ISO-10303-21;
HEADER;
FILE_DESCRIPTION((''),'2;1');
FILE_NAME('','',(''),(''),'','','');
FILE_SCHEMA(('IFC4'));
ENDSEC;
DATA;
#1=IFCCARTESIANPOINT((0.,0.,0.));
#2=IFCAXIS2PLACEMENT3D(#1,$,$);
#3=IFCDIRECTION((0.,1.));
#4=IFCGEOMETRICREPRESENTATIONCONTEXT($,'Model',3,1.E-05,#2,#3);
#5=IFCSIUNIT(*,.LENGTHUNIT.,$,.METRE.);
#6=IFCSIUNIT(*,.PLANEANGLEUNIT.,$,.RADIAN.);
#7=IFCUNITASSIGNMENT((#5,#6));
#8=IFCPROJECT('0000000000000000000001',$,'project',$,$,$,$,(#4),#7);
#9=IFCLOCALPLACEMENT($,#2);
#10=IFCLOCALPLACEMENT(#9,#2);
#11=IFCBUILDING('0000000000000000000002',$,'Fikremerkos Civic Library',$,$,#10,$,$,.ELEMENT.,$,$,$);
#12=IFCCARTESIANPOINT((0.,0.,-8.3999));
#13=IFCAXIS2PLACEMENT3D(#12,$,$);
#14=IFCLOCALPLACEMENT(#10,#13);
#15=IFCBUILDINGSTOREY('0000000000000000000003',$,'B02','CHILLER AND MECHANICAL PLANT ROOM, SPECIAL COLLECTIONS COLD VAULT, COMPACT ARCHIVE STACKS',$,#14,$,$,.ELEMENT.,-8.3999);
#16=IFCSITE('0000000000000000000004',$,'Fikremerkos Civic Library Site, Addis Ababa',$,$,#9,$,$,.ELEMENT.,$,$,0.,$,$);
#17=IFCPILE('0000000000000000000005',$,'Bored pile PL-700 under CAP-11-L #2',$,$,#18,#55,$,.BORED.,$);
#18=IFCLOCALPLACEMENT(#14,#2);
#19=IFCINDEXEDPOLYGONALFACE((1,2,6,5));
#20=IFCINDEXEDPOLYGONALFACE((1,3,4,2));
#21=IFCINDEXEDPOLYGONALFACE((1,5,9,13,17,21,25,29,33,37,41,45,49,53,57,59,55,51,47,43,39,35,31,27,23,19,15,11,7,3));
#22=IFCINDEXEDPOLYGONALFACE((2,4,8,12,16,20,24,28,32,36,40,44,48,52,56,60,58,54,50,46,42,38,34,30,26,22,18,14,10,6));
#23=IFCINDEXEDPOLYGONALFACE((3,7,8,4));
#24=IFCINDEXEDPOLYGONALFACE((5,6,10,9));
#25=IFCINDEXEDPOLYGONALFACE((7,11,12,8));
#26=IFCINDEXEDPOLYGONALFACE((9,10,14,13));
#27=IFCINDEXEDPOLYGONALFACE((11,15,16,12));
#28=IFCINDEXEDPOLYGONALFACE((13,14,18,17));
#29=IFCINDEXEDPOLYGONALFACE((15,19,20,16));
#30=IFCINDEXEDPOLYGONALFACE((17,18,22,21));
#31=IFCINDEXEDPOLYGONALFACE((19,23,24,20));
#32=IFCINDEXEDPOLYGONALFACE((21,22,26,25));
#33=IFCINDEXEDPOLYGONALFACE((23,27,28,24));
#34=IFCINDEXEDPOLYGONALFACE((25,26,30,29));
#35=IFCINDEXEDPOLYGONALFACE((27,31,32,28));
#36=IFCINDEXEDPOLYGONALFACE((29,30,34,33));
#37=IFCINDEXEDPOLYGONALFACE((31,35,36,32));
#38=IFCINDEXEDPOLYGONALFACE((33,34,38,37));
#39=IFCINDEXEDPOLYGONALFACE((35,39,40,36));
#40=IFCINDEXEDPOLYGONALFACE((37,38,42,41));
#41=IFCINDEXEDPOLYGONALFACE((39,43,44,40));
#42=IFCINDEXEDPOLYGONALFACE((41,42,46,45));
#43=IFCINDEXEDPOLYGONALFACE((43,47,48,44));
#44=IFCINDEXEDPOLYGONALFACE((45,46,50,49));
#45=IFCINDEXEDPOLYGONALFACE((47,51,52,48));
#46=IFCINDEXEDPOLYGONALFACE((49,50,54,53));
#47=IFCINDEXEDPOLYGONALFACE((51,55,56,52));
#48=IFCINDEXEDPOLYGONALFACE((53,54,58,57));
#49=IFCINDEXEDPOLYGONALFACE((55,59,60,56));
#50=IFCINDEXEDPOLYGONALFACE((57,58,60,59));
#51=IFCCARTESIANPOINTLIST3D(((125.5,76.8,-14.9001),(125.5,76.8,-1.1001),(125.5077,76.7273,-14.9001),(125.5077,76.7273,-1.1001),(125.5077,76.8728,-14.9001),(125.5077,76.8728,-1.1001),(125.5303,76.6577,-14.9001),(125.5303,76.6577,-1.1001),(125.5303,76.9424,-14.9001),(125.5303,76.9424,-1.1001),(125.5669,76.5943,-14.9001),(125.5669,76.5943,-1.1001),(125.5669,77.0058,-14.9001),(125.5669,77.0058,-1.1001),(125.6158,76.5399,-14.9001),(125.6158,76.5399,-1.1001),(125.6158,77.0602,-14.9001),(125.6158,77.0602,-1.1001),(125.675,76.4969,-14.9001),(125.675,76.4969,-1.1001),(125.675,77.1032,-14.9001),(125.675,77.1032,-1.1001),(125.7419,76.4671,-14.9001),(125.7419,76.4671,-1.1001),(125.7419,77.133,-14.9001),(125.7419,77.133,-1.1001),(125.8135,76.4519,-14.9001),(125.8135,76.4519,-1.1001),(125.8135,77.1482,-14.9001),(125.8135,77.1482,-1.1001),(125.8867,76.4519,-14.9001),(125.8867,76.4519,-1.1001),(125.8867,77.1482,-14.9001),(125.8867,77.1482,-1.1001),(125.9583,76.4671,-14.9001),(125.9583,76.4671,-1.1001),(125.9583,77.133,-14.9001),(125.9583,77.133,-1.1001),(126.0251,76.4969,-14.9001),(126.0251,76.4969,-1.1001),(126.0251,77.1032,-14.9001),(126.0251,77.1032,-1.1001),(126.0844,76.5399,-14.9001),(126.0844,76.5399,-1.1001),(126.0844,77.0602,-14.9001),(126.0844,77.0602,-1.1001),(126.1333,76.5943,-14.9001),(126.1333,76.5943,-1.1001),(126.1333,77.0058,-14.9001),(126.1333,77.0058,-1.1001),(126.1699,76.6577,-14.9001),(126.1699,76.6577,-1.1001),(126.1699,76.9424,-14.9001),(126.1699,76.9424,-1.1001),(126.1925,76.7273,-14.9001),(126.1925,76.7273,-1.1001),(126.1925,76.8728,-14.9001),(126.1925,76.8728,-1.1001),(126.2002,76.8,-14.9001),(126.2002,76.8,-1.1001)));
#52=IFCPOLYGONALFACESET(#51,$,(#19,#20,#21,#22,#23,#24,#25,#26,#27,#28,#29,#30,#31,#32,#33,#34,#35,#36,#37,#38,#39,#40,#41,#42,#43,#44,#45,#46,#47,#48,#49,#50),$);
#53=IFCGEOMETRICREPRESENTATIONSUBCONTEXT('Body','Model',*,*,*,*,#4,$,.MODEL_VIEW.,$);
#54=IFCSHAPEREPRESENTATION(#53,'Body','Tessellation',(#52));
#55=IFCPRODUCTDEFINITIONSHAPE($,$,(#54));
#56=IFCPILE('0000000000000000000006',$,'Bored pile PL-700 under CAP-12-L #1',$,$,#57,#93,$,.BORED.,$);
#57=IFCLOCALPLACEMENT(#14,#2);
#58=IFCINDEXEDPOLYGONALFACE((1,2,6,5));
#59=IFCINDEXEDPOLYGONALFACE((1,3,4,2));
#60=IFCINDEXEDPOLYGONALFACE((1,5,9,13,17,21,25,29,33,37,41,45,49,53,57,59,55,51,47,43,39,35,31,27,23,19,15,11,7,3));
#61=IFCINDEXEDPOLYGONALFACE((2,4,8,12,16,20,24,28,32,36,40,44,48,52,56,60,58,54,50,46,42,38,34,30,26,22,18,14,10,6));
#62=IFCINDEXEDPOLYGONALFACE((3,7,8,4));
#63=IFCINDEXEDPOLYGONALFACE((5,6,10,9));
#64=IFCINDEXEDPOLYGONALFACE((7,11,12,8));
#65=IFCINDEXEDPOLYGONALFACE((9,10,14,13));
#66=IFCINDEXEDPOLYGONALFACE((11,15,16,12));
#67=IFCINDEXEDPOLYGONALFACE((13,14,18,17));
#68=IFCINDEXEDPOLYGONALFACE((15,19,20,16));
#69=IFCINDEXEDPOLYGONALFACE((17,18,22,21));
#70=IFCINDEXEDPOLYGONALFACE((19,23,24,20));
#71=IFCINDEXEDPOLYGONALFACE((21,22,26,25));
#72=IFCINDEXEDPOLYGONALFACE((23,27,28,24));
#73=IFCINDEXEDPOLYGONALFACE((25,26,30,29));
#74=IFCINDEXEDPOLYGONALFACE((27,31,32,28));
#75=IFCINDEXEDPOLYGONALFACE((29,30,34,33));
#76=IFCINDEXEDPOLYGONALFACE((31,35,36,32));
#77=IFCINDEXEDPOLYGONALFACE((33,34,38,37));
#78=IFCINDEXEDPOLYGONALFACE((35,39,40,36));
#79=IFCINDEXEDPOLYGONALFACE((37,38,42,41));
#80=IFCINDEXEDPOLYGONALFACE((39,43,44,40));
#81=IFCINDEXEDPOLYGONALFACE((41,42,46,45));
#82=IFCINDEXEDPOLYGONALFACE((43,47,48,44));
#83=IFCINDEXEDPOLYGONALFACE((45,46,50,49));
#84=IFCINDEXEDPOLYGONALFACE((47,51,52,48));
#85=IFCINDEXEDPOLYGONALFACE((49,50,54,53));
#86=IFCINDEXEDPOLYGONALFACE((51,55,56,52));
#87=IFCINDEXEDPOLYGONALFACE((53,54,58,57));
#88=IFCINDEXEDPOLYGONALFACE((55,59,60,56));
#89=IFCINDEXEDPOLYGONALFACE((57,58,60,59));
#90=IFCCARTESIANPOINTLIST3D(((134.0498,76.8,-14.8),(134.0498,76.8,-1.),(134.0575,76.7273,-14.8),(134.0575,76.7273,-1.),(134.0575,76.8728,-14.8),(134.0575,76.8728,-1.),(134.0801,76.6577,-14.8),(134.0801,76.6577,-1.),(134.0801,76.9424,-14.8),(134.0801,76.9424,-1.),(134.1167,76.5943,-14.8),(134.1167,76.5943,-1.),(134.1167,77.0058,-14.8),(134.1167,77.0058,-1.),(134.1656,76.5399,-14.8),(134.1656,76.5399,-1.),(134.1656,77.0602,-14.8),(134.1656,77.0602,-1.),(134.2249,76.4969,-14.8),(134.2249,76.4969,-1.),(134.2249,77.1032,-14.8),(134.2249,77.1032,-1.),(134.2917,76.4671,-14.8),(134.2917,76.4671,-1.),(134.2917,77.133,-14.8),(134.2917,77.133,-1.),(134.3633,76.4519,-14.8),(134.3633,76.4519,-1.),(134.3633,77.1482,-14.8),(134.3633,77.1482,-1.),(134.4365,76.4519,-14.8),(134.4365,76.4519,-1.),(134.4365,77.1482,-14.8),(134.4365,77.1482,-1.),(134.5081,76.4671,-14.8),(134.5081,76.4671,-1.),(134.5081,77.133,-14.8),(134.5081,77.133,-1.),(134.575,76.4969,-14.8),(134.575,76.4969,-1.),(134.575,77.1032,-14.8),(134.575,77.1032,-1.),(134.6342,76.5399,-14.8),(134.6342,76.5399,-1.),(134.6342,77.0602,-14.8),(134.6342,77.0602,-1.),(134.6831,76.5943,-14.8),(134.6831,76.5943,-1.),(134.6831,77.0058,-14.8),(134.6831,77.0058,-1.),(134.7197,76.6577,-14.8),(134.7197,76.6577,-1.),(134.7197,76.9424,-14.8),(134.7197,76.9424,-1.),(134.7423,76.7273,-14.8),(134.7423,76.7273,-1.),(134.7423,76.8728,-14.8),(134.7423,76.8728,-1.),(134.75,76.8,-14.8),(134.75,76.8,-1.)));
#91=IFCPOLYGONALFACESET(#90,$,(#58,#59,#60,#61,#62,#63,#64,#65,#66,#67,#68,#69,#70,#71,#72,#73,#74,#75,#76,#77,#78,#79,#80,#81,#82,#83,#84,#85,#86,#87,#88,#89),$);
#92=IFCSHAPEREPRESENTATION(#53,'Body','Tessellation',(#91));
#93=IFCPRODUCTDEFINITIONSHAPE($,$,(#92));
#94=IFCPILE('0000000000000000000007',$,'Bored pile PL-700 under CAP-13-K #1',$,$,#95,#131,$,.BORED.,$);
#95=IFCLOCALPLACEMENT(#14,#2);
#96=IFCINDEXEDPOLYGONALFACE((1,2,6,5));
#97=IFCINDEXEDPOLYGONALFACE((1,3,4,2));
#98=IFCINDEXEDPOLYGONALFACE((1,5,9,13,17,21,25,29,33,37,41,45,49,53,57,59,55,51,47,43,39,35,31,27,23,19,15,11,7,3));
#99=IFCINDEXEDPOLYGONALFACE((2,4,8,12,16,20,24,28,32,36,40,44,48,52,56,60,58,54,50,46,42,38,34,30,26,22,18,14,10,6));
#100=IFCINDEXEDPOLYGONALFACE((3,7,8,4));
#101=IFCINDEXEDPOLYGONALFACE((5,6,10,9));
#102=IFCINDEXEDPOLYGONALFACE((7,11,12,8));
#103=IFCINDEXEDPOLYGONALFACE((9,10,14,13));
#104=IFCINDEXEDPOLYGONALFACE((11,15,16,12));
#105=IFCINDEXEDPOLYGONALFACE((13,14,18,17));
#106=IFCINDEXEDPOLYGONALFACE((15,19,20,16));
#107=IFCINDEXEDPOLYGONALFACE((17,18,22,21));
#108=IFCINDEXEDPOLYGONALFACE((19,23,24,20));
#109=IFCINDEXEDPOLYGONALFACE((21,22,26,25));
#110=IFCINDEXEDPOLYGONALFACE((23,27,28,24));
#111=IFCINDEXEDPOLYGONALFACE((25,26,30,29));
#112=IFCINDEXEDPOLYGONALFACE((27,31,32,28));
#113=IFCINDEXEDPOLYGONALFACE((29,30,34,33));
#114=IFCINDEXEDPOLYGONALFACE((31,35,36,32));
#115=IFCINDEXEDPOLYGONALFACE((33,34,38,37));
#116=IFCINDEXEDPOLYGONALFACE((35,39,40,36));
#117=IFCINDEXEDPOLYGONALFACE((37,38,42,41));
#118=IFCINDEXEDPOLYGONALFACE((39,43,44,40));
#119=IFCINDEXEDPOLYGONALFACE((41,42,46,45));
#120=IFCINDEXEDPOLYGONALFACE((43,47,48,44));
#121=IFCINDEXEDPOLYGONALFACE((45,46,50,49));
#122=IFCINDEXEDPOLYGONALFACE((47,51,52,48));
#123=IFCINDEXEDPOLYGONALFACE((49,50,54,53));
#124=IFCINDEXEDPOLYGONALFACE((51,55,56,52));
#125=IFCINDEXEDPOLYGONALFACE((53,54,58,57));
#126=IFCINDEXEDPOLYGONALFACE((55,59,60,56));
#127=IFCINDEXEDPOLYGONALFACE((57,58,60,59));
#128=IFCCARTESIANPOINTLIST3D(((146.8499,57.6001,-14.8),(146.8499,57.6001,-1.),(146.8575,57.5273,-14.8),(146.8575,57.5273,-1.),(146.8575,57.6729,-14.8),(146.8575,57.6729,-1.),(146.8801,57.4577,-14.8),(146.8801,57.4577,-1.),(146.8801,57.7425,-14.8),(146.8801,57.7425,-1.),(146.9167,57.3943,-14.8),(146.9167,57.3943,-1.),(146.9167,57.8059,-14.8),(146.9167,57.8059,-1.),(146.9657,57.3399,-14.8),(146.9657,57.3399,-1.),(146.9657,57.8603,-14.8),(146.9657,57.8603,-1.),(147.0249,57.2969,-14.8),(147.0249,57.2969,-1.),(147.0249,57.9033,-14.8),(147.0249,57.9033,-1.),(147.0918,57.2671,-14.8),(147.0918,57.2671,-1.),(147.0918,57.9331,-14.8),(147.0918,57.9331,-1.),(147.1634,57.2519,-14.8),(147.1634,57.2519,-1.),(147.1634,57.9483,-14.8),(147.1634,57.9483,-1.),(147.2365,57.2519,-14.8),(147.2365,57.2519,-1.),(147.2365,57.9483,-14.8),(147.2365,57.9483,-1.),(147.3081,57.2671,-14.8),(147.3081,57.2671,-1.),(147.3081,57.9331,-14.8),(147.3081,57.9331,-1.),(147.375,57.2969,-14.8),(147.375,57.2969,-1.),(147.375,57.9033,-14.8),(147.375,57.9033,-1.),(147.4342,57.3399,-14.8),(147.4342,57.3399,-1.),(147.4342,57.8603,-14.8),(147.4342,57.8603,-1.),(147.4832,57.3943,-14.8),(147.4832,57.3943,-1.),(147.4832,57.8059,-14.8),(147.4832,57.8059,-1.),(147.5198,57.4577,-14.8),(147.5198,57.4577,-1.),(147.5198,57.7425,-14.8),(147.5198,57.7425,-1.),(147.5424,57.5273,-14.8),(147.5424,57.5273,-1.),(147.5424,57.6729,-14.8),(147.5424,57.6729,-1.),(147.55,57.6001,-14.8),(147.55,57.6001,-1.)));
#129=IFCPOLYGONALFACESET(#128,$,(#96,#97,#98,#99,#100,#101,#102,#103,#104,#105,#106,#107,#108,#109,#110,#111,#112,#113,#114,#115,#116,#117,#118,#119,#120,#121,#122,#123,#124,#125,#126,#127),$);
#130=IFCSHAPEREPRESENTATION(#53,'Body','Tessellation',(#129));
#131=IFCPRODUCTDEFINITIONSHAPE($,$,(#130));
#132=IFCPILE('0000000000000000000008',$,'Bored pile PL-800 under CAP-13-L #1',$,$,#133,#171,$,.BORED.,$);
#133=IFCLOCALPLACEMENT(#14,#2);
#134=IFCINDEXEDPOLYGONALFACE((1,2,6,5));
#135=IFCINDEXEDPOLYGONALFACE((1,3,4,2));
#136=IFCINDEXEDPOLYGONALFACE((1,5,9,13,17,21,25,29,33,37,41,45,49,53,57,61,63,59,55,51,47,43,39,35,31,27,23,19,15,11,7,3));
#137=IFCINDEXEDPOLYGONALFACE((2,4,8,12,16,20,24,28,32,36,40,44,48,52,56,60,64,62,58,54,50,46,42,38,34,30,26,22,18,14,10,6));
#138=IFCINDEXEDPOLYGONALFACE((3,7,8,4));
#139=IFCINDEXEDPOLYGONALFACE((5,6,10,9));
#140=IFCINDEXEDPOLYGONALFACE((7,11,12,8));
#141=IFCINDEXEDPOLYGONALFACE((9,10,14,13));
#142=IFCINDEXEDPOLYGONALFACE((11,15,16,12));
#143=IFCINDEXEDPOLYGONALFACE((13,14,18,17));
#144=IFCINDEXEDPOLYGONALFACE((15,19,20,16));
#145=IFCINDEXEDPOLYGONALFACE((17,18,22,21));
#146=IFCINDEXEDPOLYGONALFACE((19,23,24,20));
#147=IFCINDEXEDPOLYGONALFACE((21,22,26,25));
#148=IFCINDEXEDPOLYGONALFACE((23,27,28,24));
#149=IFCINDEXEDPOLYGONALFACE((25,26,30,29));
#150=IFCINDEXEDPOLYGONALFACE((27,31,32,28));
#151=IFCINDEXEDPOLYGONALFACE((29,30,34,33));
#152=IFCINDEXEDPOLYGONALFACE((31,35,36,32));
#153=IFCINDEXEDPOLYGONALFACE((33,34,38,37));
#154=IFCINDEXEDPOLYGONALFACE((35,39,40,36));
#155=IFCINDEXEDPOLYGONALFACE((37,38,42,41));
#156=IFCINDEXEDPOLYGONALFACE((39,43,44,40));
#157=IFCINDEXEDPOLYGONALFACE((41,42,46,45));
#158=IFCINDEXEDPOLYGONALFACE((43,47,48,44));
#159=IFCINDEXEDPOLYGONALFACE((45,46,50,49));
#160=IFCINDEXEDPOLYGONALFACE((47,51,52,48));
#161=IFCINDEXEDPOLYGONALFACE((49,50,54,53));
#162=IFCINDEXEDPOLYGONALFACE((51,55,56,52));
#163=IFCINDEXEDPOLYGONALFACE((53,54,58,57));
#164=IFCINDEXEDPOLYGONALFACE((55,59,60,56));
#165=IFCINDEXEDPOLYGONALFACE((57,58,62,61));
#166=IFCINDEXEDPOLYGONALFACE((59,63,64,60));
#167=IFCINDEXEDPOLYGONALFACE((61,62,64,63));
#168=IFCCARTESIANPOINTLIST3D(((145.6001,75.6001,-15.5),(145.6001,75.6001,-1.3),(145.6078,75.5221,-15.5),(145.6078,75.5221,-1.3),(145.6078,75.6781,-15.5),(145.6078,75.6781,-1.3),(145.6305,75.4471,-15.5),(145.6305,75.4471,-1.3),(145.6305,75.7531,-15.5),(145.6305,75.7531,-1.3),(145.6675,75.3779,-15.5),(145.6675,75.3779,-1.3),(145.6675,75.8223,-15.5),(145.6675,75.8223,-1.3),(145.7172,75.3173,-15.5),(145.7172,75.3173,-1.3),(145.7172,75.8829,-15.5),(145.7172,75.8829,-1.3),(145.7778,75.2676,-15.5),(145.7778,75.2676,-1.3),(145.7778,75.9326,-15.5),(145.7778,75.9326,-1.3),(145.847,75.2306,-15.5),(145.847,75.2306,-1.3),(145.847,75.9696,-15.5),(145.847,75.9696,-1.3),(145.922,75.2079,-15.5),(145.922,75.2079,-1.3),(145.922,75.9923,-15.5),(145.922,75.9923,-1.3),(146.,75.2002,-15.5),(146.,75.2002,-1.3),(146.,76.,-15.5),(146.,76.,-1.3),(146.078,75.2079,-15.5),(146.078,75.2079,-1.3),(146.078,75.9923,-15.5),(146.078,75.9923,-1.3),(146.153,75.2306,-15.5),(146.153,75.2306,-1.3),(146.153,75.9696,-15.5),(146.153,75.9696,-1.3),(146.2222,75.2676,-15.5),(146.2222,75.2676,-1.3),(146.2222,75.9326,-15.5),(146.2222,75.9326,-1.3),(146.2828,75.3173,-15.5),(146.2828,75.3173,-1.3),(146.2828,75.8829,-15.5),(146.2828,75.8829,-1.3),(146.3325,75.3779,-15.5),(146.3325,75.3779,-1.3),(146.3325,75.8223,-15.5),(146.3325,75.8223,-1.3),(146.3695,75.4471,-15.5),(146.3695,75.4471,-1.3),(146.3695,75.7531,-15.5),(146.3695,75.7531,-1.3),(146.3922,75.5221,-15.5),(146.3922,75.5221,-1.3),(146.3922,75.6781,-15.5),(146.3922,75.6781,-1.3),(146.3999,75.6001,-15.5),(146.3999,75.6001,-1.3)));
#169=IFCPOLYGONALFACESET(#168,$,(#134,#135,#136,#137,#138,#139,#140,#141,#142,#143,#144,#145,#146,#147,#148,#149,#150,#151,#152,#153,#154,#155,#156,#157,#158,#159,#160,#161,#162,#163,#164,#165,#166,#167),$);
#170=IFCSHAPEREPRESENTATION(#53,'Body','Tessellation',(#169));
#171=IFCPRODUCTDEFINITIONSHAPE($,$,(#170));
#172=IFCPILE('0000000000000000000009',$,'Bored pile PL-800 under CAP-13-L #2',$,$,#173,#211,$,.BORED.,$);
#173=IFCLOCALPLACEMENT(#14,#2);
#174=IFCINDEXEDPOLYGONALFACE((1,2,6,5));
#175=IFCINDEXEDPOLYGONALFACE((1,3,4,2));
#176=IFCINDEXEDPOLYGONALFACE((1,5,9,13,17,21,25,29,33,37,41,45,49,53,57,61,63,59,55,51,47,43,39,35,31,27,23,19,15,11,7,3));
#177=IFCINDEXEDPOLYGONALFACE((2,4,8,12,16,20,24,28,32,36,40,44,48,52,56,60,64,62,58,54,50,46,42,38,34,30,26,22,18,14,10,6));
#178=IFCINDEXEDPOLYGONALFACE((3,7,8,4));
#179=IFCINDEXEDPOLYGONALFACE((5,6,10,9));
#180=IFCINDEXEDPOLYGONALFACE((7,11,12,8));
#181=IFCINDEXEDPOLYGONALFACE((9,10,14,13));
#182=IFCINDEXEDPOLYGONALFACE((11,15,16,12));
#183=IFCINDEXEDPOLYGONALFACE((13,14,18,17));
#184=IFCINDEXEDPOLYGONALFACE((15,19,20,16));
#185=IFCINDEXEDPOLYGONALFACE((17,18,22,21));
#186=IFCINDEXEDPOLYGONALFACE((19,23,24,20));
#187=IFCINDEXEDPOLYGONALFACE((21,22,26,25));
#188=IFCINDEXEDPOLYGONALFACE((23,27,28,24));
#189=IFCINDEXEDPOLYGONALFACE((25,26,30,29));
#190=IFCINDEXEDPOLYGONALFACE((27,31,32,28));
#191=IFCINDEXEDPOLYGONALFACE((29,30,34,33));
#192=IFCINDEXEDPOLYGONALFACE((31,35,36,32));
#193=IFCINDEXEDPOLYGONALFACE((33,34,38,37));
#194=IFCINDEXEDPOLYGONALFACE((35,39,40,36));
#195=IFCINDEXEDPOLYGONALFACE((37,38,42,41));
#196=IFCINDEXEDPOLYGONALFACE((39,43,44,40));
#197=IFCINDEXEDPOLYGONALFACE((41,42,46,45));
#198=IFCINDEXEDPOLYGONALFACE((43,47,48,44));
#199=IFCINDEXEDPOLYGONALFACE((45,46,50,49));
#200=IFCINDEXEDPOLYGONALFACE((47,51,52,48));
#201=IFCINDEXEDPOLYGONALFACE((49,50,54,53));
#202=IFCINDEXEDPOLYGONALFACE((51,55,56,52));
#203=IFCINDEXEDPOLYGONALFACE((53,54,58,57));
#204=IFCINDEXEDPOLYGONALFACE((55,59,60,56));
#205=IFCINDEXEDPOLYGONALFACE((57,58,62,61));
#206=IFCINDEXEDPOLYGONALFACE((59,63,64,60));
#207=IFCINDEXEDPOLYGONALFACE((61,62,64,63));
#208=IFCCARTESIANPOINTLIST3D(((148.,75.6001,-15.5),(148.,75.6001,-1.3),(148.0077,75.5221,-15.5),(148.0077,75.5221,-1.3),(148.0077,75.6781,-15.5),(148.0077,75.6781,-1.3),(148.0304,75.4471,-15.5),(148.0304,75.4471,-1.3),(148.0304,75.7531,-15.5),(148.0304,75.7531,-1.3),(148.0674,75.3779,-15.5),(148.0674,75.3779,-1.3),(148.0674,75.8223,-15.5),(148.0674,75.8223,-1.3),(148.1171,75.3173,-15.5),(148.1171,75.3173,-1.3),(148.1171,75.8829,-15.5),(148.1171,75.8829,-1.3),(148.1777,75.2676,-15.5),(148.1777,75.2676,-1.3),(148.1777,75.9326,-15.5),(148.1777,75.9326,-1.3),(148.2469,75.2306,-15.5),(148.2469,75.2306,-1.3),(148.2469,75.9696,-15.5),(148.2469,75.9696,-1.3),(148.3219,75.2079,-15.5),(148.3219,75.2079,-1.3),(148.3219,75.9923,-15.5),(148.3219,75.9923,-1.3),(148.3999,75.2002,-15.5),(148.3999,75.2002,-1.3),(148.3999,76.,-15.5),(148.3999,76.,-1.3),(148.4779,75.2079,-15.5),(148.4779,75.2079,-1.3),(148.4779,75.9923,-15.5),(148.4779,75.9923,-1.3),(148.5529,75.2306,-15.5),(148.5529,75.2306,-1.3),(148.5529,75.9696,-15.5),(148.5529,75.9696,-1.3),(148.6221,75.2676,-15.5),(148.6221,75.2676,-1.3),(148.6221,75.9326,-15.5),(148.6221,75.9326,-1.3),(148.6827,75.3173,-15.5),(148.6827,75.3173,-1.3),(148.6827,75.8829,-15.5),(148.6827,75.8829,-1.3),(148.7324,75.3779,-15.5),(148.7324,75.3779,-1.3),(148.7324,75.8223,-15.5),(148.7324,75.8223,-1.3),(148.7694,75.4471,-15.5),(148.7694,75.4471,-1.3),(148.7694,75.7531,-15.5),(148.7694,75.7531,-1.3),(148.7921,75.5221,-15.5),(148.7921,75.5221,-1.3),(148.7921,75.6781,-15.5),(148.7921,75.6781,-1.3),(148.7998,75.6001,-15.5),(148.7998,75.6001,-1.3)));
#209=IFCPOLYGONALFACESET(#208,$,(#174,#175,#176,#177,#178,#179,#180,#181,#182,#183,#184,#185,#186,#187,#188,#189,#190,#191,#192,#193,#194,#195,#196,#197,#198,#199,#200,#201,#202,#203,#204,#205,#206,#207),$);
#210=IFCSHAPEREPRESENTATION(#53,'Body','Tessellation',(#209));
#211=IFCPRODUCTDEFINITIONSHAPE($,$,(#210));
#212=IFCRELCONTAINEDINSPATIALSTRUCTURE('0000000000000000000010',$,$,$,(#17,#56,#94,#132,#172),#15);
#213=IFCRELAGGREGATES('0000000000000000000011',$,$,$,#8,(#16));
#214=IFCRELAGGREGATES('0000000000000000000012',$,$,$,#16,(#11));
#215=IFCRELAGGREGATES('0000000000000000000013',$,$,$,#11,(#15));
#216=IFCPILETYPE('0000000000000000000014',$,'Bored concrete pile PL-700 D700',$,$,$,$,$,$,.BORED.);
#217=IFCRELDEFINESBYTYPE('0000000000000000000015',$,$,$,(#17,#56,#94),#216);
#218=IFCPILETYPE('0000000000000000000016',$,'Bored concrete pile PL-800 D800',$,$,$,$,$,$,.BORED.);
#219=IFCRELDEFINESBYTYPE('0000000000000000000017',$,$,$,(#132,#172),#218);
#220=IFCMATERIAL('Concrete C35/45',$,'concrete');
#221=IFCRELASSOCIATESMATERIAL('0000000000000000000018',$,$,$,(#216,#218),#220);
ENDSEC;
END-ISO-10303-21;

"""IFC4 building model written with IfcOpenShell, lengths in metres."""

from ifc_helpers import new_model, si_unit, direction, frame, origin, origin_2d, place, context, subcontext, project, spatial, circle, extrude, material, material_profile, profile_set, type_object, element, save


model = new_model("IFC4")

# Units and contexts
model_context = context("Model", 3, precision=1e-05, world=origin(), true_north=direction((0.0, 1.0)))
body_context = subcontext(model_context, "Body", "Model", "MODEL_VIEW")
ifc_project = project(units=[si_unit("LENGTHUNIT", "METRE"), si_unit("PLANEANGLEUNIT", "RADIAN")], contexts=[model_context])

# Site, building, storey
site_placement = place(None, origin())
site = spatial("IfcSite", under=ifc_project, at=site_placement, Name="Fikremerkos Civic Library Site, Addis Ababa", CompositionType="ELEMENT", RefElevation=0.0)
building_placement = place(site_placement, origin())
building = spatial("IfcBuilding", under=site, at=building_placement, Name="Fikremerkos Civic Library", CompositionType="ELEMENT")
storey_placement = place(building_placement, frame((0.0, 0.0, -8.3999)))
storey = spatial("IfcBuildingStorey", under=building, at=storey_placement, Name="B02", Description="CHILLER AND MECHANICAL PLANT ROOM, SPECIAL COLLECTIONS COLD VAULT, COMPACT ARCHIVE STACKS", CompositionType="ELEMENT", Elevation=-8.3999)

# Piles
ifc_material_1 = material(Name="Concrete C35/45", Category="concrete")
ifc_material_profile_1 = material_profile(ifc_material_1, circle(Radius=0.3501, at=origin_2d()), Name="BORED PILE 700")
ifc_profile_set_1 = profile_set([ifc_material_profile_1], Name="Concrete C35/45")
pile_type_1 = type_object("IfcPileType", Name="Bored concrete pile PL-700 D700", PredefinedType="BORED", material=ifc_profile_set_1)
for number, where, z_axis, x_axis, name in (
    (1, (125.8501, 76.8, -1.1001), (0.0, 0.0, -1.0), (1.0, 0.0, 0.0), "Bored pile PL-700 under CAP-11-L #2"),
    (2, (134.3999, 76.8, -1.0), (0.0, 0.0, -1.0), (1.0, 0.0, 0.0), "Bored pile PL-700 under CAP-12-L #1"),
    (3, (147.2, 57.6001, -1.0), (0.0, 0.0, -1.0), (1.0, 0.0, 0.0), "Bored pile PL-700 under CAP-13-K #1"),
):
    element("IfcPile", number, at=place(storey_placement, frame(where, z_axis=z_axis, x_axis=x_axis)), inside=storey, type_object=pile_type_1, Name=name, PredefinedType="BORED", context=body_context, shape_type="SweptSolid", body=[
        extrude(circle(Radius=0.3501, at=origin_2d()), origin(), (0.0, 0.0, 1.0), 13.8),
    ])
ifc_material_profile_2 = material_profile(ifc_material_1, circle(Radius=0.3999, at=origin_2d()), Name="BORED PILE 800")
ifc_profile_set_2 = profile_set([ifc_material_profile_2], Name="Concrete C35/45")
pile_type_2 = type_object("IfcPileType", Name="Bored concrete pile PL-800 D800", PredefinedType="BORED", material=ifc_profile_set_2)
for number, where, z_axis, x_axis, name in (
    (4, (146.0, 75.6001, -1.3), (0.0, 0.0, -1.0), (1.0, 0.0, 0.0), "Bored pile PL-800 under CAP-13-L #1"),
    (5, (148.3999, 75.6001, -1.3), (0.0, 0.0, -1.0), (1.0, 0.0, 0.0), "Bored pile PL-800 under CAP-13-L #2"),
):
    element("IfcPile", number, at=place(storey_placement, frame(where, z_axis=z_axis, x_axis=x_axis)), inside=storey, type_object=pile_type_2, Name=name, PredefinedType="BORED", context=body_context, shape_type="SweptSolid", body=[
        extrude(circle(Radius=0.3999, at=origin_2d()), origin(), (0.0, 0.0, 1.0), 14.2),
    ])

save(model, "model.ifc")
